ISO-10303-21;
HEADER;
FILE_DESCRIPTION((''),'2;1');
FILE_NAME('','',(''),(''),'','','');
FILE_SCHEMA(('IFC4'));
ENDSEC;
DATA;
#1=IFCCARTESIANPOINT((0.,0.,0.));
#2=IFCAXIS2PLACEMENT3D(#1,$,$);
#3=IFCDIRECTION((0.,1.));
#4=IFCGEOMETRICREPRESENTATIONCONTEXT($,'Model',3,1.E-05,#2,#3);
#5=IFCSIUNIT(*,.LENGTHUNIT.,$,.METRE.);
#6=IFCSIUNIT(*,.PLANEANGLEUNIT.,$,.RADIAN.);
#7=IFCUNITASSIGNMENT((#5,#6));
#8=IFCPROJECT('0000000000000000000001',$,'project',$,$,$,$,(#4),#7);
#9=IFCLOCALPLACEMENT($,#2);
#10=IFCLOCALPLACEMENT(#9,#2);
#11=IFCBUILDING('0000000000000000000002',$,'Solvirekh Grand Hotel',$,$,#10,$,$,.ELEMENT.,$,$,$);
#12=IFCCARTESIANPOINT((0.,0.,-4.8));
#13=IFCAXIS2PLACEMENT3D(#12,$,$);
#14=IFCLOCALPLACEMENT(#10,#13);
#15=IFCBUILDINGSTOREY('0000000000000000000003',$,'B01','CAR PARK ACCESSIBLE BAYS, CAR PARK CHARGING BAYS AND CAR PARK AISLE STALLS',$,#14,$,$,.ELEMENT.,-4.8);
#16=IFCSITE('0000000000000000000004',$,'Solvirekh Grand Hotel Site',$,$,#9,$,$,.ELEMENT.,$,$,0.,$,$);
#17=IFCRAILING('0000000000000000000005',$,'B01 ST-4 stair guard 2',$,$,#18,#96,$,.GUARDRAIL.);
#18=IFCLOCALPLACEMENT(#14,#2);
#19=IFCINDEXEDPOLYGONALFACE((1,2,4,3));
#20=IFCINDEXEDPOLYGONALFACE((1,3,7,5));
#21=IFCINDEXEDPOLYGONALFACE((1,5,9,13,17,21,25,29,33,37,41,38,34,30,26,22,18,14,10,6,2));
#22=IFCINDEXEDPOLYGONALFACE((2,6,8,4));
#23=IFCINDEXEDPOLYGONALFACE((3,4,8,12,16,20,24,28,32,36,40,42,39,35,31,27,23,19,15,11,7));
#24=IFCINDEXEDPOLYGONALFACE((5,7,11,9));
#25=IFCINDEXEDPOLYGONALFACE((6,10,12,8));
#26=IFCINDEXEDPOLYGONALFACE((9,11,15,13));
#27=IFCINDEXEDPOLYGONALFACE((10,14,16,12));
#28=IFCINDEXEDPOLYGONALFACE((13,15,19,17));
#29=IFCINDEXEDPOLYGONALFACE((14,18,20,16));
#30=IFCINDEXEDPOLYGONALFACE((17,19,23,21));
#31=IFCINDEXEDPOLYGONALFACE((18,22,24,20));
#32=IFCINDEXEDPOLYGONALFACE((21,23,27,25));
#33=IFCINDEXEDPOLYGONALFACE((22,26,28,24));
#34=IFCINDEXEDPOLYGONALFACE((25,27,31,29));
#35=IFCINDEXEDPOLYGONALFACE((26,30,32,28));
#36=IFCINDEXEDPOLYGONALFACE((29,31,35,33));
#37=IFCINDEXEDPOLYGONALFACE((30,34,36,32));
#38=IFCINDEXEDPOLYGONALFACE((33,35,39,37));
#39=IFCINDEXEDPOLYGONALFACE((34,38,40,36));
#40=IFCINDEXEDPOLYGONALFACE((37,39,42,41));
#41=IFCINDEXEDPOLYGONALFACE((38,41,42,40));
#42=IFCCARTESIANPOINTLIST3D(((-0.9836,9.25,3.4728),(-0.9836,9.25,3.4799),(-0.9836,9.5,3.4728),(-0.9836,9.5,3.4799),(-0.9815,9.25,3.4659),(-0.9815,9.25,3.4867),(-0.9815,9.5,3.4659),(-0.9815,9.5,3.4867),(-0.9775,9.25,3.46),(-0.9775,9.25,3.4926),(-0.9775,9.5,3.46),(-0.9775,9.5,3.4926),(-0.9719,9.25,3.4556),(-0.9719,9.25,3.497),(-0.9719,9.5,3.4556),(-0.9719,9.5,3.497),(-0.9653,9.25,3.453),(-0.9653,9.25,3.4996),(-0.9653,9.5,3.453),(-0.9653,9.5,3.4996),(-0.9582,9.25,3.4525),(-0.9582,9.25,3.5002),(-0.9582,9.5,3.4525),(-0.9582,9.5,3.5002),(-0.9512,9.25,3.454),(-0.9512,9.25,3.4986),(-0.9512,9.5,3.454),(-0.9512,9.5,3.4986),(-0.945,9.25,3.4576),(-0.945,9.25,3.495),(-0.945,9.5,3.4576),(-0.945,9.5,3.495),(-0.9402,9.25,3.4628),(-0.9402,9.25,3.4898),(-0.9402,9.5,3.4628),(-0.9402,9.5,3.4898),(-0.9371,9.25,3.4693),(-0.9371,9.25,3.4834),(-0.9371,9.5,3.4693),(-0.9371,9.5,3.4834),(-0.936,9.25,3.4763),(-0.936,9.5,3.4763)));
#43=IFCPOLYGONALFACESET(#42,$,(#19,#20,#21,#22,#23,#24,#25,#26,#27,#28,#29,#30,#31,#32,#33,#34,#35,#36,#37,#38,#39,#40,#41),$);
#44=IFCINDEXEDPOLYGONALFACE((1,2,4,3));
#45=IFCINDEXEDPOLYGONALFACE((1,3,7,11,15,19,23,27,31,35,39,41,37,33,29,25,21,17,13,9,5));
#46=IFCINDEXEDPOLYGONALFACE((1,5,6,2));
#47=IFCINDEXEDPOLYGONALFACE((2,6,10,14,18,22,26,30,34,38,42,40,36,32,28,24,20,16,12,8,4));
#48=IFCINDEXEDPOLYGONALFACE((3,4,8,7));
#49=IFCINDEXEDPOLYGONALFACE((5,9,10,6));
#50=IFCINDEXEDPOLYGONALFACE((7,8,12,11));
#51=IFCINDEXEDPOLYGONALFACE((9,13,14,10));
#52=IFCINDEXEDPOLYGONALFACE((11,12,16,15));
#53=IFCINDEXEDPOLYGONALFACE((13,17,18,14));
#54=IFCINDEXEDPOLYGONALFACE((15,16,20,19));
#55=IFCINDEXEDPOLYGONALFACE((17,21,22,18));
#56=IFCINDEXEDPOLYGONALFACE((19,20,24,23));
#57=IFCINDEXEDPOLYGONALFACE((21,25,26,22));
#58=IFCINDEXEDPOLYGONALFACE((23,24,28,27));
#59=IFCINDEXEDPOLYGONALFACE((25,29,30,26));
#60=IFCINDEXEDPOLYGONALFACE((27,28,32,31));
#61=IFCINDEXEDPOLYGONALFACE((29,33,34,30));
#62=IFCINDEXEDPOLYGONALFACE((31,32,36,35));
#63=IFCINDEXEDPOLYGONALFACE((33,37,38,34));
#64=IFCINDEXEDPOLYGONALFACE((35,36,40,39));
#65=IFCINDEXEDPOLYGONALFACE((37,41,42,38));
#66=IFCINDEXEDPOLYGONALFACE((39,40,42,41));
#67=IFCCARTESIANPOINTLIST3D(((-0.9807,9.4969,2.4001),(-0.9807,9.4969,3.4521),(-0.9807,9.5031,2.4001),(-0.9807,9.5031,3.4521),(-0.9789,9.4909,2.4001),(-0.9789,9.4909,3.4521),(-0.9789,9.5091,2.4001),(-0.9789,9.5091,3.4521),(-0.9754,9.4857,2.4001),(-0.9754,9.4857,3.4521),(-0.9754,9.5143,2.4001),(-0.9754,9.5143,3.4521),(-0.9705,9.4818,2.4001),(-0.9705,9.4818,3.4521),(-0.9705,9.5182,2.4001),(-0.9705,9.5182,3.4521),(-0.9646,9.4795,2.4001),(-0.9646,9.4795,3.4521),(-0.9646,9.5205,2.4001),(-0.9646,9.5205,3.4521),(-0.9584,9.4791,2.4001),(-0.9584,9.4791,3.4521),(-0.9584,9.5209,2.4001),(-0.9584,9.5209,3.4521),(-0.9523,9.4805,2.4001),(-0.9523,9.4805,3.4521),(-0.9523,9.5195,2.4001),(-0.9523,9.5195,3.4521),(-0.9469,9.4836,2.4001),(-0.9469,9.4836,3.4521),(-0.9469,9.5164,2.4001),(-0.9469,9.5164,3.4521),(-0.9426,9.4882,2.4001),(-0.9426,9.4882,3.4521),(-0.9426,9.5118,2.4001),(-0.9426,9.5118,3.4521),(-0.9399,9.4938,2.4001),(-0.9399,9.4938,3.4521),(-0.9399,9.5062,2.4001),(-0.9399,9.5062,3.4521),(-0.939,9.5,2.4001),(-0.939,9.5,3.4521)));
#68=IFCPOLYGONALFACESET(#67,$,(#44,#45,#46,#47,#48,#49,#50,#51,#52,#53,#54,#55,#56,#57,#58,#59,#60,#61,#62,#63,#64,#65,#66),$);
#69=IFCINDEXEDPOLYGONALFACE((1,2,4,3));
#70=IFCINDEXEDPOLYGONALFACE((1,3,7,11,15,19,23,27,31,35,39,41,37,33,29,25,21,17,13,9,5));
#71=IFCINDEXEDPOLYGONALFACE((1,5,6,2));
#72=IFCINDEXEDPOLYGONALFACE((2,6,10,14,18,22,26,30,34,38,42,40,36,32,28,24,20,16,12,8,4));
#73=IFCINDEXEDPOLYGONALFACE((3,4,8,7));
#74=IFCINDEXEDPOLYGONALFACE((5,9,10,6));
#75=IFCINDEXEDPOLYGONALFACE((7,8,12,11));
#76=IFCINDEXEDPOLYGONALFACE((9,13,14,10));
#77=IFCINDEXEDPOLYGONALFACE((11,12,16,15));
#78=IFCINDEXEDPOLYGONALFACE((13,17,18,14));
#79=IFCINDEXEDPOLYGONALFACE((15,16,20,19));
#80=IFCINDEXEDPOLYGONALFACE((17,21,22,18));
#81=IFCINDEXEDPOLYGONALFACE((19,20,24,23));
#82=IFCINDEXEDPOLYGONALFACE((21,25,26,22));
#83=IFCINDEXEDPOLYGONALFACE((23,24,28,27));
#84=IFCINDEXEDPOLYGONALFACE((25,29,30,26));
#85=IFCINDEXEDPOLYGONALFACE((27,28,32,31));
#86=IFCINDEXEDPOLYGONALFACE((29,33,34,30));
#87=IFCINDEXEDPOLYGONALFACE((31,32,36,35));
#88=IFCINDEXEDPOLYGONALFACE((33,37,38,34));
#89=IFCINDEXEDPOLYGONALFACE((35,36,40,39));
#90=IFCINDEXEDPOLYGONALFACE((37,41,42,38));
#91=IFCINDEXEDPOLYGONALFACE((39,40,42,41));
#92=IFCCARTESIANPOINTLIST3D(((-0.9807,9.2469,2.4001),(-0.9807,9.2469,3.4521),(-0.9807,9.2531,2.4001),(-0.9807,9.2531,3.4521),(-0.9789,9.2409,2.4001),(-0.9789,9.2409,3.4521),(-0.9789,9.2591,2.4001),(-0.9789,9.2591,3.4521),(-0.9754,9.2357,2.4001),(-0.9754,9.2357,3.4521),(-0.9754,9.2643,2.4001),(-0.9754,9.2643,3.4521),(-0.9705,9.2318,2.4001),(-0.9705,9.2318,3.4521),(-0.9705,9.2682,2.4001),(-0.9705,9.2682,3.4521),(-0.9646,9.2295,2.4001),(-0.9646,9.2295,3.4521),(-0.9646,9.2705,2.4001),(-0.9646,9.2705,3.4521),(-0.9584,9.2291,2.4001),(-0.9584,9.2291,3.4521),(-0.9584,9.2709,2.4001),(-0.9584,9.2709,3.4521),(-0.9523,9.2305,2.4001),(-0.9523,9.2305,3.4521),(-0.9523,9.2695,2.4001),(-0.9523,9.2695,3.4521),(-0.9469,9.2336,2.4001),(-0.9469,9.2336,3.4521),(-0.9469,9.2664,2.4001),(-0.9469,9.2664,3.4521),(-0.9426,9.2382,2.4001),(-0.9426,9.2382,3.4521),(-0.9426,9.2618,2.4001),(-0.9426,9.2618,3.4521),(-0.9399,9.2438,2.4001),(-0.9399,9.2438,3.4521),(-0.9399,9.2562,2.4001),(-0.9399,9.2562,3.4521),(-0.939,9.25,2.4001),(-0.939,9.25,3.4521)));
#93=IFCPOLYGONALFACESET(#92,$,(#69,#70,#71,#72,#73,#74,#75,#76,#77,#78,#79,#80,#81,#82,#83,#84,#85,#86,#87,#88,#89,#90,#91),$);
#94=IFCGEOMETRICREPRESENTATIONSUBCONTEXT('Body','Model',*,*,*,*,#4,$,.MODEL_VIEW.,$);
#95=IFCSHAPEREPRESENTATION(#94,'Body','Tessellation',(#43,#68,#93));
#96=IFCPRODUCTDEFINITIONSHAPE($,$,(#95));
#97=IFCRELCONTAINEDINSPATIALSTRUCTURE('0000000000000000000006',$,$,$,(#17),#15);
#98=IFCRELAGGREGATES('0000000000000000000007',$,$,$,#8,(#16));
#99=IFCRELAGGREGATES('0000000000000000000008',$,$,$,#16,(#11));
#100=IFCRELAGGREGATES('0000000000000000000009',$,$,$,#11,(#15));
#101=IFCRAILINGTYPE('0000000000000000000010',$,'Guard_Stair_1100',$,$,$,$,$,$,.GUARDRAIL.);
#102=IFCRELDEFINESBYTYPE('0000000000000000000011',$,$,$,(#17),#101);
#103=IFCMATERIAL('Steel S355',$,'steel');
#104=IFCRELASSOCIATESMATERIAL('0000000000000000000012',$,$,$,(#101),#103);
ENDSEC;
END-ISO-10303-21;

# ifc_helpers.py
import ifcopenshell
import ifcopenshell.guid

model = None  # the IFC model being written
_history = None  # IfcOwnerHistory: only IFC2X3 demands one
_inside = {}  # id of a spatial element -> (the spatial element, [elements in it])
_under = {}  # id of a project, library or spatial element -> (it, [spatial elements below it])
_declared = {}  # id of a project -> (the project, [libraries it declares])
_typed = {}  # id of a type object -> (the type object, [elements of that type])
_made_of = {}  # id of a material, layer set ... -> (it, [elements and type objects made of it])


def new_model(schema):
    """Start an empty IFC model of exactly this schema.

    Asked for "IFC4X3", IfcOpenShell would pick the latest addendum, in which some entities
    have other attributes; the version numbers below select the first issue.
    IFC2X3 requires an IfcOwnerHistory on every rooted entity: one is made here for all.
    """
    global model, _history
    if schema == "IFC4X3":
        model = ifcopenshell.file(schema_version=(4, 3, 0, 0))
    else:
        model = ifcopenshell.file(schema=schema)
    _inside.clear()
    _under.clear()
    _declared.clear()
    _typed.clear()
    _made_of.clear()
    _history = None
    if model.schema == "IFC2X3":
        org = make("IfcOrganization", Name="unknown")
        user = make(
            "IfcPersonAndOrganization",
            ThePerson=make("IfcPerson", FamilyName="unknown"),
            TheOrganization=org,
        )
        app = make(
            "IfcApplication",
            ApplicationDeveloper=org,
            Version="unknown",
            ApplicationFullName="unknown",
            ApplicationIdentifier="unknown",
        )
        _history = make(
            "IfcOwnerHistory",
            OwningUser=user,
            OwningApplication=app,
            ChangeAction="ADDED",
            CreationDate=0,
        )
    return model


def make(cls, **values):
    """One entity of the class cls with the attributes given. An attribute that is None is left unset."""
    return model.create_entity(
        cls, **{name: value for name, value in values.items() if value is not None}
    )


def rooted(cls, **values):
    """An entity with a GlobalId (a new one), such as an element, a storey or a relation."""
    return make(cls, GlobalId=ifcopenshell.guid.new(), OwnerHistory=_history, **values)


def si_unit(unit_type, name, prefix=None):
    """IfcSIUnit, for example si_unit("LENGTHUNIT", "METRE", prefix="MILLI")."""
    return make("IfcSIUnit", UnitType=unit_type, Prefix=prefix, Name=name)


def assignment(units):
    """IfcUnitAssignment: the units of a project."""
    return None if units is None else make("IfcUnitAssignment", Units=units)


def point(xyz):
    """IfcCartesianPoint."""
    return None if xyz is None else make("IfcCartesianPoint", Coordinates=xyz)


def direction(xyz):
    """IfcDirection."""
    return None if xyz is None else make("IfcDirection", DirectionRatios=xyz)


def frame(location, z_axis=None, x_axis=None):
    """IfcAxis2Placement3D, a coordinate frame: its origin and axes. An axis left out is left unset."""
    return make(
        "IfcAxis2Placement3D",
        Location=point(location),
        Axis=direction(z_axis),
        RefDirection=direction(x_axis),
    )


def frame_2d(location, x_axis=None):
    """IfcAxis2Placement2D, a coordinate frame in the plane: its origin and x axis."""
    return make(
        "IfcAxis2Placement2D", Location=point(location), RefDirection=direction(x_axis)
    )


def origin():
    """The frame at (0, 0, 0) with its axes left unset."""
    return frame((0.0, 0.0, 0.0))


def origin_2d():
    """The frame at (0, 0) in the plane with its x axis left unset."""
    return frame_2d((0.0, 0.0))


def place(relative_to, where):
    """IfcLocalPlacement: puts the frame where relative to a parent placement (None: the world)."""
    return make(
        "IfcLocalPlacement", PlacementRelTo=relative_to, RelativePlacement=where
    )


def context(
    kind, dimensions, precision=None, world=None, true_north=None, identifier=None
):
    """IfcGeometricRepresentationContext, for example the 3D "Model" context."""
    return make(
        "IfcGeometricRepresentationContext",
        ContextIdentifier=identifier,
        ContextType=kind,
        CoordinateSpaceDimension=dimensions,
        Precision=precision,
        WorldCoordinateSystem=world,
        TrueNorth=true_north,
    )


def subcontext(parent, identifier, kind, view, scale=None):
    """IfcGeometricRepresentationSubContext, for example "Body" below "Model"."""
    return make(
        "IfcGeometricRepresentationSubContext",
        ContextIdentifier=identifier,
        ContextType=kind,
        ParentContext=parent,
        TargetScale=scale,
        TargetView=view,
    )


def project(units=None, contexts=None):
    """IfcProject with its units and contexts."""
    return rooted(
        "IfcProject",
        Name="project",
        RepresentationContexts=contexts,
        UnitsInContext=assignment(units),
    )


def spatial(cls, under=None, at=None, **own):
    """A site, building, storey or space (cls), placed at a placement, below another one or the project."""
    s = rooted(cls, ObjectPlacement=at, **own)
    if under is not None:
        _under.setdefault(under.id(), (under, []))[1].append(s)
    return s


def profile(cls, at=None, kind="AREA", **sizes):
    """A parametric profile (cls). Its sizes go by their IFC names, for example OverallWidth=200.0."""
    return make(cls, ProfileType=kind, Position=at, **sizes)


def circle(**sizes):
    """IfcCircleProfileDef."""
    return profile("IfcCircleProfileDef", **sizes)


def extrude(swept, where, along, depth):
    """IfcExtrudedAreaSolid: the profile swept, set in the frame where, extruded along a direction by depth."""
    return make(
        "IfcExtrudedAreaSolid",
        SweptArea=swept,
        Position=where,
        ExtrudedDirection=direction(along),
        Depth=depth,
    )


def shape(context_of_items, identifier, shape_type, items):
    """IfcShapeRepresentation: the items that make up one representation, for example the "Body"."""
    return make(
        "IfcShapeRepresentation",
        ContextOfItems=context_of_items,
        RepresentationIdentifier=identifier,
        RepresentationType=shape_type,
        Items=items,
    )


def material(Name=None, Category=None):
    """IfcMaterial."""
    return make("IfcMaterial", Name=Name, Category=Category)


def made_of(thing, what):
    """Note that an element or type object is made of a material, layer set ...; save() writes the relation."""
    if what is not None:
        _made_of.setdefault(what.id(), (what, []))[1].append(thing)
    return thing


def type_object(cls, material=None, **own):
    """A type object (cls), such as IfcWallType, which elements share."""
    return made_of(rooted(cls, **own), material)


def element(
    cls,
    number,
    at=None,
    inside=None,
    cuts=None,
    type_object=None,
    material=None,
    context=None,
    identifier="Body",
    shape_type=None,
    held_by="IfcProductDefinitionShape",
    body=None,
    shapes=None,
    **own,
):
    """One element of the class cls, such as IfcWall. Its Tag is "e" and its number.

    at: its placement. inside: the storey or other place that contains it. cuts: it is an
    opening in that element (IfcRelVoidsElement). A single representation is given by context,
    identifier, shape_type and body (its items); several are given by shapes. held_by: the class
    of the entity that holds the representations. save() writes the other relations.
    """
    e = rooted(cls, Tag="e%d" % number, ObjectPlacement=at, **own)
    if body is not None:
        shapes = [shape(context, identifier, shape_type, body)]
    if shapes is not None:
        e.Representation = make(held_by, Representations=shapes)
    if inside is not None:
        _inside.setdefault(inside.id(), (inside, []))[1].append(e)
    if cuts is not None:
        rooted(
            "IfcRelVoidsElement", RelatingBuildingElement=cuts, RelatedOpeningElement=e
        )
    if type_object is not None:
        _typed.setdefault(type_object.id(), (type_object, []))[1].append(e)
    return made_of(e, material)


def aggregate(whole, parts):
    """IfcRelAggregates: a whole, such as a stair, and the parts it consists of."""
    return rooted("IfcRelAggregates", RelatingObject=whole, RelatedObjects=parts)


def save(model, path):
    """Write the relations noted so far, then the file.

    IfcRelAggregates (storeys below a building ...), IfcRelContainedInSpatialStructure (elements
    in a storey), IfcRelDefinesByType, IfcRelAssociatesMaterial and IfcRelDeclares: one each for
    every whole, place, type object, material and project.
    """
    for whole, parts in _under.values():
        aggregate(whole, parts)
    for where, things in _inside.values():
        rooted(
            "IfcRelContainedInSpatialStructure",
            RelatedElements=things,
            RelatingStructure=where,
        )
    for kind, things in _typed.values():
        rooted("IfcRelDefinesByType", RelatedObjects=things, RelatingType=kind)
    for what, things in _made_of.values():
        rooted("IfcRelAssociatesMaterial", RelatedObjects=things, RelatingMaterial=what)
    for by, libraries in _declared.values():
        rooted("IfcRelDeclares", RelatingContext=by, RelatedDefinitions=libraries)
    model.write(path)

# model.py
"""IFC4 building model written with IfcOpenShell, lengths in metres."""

from ifc_helpers import new_model, si_unit, direction, frame, origin, origin_2d, place, context, subcontext, project, spatial, circle, extrude, material, type_object, element, save


model = new_model("IFC4")

# Units and contexts
model_context = context("Model", 3, precision=1e-05, world=origin(), true_north=direction((0.0, 1.0)))
body_context = subcontext(model_context, "Body", "Model", "MODEL_VIEW")
ifc_project = project(units=[si_unit("LENGTHUNIT", "METRE"), si_unit("PLANEANGLEUNIT", "RADIAN")], contexts=[model_context])

# Site, building, storey
site_placement = place(None, origin())
site = spatial("IfcSite", under=ifc_project, at=site_placement, Name="Solvirekh Grand Hotel Site", CompositionType="ELEMENT", RefElevation=0.0)
building_placement = place(site_placement, origin())
building = spatial("IfcBuilding", under=site, at=building_placement, Name="Solvirekh Grand Hotel", CompositionType="ELEMENT")
storey_placement = place(building_placement, frame((0.0, 0.0, -4.8)))
storey = spatial("IfcBuildingStorey", under=building, at=storey_placement, Name="B01", Description="CAR PARK ACCESSIBLE BAYS, CAR PARK CHARGING BAYS AND CAR PARK AISLE STALLS", CompositionType="ELEMENT", Elevation=-4.8)

# Shared definitions
ifc_material_1 = material(Name="Steel S355", Category="steel")

# Railing
railing_type_1 = type_object("IfcRailingType", Name="Guard_Stair_1100", PredefinedType="GUARDRAIL", material=ifc_material_1)
railing_1_placement = place(storey_placement, frame((-0.96, 9.5, 2.4001)))
element("IfcRailing", 1, at=railing_1_placement, inside=storey, type_object=railing_type_1, Name="B01 ST-4 stair guard 2", PredefinedType="GUARDRAIL", context=body_context, shape_type="SweptSolid", body=[
    extrude(circle(Radius=0.0239, at=origin_2d()), frame((0.0, 0.0, 1.0762), z_axis=(0.0, -1.0, 0.0), x_axis=(1.0, 0.0, 0.0)), (0.0, 0.0, 1.0), 0.25),
    extrude(circle(Radius=0.021, at=origin_2d()), origin(), (0.0, 0.0, 1.0), 1.052),
    extrude(circle(Radius=0.021, at=origin_2d()), frame((0.0, -0.25, 0.0)), (0.0, 0.0, 1.0), 1.052),
])

save(model, "model.ifc")
